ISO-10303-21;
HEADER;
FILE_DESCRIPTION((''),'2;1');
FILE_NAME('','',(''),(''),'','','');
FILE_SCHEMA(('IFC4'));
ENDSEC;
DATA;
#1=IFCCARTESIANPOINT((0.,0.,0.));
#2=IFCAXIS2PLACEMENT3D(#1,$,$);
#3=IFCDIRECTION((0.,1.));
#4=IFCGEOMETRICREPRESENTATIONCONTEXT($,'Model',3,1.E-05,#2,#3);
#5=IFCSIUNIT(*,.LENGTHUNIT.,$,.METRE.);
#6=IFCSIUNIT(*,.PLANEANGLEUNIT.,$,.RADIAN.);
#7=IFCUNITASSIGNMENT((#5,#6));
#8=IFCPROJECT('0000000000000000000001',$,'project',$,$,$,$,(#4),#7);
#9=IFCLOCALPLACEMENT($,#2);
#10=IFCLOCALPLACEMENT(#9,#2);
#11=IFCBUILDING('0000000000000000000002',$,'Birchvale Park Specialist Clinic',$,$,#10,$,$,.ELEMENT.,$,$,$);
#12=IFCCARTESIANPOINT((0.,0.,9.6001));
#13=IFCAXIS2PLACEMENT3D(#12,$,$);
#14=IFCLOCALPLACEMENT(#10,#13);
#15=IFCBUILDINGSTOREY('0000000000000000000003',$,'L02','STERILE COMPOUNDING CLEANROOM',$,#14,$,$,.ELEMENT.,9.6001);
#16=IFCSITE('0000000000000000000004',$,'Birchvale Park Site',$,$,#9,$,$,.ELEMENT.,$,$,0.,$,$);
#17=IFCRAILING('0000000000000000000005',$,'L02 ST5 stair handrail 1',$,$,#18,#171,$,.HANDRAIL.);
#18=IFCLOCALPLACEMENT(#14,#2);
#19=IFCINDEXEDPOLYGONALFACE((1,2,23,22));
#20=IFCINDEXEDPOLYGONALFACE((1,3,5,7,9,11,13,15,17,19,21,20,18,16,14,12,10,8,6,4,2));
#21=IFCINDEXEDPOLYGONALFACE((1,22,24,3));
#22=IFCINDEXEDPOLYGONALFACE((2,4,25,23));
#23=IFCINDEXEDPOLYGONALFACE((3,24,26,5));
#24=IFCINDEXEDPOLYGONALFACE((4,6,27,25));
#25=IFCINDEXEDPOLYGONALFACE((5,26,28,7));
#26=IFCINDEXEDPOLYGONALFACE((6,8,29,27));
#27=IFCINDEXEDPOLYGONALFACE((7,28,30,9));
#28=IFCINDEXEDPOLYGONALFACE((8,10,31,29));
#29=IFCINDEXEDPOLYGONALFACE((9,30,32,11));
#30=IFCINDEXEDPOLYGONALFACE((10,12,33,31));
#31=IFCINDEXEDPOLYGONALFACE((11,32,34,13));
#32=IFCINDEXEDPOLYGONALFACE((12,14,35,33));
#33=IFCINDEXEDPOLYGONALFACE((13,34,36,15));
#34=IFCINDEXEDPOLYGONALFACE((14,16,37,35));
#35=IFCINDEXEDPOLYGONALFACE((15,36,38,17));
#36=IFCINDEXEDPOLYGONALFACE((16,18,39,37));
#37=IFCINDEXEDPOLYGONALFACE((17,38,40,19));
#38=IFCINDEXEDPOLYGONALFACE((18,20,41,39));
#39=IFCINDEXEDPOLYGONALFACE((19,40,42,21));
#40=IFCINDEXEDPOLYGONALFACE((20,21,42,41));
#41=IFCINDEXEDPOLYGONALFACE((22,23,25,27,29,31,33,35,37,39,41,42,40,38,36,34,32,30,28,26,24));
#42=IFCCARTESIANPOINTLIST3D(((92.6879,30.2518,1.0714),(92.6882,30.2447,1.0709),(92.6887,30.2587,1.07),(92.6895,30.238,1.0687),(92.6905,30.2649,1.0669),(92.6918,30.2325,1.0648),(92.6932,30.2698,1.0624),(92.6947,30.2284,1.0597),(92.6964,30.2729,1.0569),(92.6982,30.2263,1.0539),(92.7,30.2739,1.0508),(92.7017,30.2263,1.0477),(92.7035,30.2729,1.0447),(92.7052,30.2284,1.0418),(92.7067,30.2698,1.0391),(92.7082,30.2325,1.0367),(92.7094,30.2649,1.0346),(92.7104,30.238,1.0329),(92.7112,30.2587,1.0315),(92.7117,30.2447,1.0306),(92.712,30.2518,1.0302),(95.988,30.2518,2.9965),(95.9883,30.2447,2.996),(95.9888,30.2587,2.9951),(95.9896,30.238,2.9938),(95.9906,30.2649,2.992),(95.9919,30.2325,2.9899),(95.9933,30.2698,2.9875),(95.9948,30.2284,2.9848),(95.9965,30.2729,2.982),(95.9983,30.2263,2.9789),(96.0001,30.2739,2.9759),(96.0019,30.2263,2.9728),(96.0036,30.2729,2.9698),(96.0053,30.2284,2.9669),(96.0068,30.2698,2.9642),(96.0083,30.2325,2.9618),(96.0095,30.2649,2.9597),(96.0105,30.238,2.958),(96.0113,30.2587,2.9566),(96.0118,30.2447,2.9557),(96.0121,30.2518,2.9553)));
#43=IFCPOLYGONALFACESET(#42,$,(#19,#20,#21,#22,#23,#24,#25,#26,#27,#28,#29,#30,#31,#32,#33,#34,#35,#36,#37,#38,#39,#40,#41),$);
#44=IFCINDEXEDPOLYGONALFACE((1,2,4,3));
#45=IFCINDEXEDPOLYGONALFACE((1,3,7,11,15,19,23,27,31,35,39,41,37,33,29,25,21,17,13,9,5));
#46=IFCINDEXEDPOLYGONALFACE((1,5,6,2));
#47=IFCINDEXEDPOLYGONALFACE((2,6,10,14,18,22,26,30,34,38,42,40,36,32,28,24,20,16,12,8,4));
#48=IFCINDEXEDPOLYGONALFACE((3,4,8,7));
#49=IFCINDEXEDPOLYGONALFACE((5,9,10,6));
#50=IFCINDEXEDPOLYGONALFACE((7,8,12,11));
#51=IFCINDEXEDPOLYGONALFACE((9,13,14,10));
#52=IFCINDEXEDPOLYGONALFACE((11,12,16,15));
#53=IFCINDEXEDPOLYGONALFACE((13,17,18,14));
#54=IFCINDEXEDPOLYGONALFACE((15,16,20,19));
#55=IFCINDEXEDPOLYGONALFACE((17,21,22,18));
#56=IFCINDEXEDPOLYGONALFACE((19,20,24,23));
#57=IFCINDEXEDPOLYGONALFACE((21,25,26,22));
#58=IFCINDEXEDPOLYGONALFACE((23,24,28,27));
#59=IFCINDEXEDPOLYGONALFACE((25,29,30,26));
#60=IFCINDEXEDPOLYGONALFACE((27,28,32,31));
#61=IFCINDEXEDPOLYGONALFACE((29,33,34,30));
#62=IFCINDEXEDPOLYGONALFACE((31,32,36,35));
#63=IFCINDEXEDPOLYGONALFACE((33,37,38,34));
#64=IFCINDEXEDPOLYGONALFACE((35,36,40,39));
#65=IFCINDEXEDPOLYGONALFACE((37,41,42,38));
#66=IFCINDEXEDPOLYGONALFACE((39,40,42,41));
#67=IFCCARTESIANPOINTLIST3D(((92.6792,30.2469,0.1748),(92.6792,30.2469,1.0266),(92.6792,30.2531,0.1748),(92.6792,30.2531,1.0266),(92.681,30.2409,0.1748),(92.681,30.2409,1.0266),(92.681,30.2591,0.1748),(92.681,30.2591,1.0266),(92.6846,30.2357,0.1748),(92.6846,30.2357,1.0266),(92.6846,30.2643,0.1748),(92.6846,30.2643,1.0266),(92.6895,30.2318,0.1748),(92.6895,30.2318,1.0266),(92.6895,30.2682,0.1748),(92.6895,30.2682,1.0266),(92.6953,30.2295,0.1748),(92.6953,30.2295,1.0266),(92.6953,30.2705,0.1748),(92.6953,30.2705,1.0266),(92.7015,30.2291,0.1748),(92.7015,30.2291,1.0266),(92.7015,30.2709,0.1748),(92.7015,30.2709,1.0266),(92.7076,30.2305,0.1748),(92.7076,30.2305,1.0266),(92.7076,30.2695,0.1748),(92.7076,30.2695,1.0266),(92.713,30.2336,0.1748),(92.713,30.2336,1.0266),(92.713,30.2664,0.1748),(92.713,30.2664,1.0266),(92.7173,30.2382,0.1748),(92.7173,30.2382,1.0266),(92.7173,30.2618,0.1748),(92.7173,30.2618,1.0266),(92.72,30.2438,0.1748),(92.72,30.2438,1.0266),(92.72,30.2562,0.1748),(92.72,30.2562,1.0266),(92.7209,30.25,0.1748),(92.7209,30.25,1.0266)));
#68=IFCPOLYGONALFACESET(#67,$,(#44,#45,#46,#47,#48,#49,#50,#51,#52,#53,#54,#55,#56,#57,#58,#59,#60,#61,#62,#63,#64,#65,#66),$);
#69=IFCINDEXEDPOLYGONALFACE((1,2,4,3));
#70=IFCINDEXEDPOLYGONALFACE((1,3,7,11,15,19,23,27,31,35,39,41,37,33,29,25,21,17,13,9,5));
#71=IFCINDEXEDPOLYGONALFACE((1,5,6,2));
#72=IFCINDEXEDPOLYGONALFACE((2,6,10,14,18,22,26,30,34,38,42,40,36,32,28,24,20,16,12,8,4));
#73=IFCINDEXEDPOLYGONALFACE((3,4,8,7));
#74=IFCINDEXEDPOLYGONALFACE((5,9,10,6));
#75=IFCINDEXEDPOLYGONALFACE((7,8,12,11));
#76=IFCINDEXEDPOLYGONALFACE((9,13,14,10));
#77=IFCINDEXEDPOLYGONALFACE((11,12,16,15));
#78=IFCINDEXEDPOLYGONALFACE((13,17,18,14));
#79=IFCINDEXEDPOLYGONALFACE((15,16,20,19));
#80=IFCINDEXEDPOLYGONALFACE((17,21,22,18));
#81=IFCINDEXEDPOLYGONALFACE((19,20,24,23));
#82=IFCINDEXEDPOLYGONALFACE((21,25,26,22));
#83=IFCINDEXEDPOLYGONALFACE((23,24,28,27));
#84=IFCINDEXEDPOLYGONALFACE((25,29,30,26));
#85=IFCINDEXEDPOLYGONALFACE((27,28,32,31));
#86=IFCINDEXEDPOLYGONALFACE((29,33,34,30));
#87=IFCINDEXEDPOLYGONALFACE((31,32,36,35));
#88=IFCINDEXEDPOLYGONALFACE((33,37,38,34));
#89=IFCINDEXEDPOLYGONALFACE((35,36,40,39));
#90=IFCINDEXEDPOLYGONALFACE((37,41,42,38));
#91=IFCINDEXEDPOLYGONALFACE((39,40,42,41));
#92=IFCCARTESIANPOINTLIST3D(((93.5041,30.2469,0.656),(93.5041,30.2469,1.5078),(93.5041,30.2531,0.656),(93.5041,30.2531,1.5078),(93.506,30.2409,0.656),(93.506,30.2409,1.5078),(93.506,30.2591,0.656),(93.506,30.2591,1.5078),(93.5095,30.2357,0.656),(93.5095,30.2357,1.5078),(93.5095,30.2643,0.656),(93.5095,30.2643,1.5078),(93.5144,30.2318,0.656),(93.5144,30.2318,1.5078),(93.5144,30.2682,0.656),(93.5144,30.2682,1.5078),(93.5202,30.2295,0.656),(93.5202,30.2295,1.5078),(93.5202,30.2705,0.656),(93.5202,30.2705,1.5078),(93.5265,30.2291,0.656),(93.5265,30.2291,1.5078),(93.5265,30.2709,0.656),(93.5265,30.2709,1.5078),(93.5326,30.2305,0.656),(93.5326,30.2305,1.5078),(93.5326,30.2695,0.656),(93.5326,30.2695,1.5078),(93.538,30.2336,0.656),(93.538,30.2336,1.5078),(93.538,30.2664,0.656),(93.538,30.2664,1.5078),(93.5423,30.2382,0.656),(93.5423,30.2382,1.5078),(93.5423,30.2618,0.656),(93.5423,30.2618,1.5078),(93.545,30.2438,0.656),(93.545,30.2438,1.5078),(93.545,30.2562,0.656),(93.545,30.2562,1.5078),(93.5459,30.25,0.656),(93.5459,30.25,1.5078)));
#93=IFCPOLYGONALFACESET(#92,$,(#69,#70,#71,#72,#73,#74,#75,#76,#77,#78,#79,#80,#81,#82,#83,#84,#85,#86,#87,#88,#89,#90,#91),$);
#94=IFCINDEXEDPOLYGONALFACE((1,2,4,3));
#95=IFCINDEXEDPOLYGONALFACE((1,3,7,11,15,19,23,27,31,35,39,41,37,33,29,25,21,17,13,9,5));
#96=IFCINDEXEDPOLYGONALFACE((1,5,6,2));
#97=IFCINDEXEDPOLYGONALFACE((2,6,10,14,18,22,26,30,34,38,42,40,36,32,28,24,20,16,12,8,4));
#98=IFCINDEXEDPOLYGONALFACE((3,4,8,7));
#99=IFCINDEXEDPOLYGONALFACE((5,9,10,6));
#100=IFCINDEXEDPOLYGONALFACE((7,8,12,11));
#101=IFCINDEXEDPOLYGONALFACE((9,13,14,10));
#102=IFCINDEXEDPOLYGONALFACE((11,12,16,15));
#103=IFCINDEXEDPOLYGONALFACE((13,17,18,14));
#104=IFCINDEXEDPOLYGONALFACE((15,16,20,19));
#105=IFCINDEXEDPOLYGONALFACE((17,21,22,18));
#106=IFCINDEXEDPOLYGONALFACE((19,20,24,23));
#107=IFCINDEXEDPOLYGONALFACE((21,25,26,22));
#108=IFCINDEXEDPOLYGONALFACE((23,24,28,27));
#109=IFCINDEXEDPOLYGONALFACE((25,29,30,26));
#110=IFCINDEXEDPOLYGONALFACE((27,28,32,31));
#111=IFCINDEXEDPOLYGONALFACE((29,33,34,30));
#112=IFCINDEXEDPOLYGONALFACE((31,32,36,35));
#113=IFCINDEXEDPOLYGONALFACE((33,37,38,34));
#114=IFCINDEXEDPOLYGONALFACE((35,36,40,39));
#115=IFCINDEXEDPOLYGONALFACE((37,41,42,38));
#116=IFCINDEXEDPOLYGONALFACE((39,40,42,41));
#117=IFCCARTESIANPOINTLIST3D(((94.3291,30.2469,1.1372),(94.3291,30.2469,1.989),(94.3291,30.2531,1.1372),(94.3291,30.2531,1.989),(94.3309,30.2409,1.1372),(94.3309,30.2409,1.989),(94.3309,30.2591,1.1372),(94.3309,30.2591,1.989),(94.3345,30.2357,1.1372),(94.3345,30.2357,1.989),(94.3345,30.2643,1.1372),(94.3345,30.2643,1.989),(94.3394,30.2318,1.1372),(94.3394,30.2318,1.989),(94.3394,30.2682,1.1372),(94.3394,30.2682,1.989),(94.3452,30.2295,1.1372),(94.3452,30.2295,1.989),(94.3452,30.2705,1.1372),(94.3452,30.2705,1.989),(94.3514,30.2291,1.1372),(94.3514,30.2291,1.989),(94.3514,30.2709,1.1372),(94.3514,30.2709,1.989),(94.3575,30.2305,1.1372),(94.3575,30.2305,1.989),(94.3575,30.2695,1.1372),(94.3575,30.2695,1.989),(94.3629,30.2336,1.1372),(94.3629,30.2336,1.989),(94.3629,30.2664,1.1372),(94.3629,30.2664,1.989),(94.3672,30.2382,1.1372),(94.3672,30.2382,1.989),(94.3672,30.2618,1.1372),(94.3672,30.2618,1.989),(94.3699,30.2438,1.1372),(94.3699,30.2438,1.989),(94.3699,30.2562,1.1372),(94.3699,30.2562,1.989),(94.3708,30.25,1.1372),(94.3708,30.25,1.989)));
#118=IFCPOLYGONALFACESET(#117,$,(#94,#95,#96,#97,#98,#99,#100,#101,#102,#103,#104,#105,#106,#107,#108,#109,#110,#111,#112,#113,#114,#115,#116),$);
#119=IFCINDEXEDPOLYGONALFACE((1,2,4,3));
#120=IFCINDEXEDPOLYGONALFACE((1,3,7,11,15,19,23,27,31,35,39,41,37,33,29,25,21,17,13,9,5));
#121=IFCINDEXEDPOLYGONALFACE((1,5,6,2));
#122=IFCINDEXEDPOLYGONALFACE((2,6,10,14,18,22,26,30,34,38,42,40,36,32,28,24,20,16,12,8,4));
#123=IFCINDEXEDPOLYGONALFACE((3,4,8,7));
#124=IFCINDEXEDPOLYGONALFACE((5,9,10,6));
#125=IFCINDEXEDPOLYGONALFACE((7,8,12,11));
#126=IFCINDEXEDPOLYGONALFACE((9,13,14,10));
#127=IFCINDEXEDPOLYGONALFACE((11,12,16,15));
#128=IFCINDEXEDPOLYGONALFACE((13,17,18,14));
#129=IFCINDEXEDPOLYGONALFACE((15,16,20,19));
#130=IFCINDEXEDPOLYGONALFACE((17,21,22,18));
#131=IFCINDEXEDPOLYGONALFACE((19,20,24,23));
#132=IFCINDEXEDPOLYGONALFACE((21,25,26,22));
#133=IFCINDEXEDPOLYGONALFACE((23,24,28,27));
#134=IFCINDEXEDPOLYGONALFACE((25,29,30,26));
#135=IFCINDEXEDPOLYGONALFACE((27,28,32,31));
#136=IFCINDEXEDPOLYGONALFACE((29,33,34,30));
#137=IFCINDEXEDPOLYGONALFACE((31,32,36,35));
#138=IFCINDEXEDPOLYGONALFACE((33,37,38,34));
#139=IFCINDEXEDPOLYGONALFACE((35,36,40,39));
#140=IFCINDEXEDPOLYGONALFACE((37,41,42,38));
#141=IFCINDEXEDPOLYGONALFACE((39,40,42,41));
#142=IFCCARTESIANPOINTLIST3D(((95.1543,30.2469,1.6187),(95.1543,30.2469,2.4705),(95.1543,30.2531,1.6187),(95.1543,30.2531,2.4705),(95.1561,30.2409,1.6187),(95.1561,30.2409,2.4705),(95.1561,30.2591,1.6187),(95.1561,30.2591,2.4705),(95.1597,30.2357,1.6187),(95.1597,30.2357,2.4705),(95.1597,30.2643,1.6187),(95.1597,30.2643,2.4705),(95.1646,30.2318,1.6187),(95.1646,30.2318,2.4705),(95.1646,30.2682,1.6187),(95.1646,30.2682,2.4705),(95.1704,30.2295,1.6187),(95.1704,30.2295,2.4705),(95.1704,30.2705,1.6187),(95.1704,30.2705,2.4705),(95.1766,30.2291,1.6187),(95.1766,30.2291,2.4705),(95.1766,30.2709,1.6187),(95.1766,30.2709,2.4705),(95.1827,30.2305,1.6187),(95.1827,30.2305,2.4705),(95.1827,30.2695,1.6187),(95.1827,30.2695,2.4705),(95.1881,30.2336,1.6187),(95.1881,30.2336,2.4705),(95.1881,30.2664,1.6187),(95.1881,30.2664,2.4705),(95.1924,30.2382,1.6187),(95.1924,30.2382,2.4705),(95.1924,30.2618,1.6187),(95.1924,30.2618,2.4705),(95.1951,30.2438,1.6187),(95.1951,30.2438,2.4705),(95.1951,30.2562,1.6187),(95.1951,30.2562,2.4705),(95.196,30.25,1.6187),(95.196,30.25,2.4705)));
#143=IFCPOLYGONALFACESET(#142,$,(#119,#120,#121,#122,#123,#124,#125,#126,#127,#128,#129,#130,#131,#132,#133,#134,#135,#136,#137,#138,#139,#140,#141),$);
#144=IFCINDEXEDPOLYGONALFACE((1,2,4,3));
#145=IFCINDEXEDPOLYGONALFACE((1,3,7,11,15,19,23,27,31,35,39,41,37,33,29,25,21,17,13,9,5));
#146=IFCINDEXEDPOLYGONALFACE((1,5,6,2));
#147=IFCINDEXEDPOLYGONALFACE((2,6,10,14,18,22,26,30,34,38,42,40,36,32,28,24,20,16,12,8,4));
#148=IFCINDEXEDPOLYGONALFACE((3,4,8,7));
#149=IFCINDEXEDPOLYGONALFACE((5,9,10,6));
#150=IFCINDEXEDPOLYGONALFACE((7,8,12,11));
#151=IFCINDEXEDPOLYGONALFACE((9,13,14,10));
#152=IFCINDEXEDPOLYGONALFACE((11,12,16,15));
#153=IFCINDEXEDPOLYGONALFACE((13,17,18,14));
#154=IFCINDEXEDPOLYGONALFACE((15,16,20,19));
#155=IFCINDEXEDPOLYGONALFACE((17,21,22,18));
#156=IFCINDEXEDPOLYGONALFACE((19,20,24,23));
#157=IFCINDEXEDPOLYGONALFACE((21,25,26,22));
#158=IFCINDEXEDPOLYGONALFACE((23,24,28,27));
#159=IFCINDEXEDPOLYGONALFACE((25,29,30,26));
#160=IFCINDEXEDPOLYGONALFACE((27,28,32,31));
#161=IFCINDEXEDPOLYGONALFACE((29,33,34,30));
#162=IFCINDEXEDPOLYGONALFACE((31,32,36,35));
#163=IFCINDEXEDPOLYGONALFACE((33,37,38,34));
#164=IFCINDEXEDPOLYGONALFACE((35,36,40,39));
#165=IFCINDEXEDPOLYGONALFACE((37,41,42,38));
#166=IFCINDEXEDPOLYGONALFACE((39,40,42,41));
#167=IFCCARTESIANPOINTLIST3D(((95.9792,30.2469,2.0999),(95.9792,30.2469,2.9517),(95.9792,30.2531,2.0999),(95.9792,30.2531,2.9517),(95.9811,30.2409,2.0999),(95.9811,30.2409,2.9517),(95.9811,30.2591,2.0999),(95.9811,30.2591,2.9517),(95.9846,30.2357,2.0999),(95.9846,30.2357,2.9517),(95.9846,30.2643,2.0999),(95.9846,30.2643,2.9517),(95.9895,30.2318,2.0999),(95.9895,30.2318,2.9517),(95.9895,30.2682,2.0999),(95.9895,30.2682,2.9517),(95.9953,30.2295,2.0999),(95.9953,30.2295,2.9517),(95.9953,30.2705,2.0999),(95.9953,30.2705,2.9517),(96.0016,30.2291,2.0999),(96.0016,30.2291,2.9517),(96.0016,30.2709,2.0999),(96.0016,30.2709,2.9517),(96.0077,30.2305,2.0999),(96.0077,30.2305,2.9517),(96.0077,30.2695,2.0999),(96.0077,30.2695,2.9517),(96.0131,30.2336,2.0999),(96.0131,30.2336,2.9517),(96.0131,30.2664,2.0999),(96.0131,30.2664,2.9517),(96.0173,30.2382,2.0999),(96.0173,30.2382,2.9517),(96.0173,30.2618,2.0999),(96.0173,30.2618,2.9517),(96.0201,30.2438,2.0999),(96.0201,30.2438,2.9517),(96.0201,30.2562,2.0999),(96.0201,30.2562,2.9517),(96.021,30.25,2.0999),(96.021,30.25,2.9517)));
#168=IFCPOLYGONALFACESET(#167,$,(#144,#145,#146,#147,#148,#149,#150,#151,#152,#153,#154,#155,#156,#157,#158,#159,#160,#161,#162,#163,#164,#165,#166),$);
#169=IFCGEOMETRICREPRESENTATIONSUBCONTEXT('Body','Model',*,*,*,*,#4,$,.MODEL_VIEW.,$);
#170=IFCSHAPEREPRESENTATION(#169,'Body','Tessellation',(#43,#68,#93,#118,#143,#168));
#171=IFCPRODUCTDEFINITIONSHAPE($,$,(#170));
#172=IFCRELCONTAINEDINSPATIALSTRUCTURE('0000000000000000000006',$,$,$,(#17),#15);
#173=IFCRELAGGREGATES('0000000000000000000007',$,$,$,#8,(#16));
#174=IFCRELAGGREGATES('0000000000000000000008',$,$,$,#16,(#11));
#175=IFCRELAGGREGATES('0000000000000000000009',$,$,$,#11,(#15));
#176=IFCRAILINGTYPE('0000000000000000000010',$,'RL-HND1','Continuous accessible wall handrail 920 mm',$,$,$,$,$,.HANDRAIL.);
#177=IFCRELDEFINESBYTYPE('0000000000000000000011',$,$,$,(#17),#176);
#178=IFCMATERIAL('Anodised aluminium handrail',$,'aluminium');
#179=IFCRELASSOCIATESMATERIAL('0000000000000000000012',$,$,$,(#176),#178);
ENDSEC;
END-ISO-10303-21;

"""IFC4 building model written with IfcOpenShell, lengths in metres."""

from ifc_helpers import new_model, si_unit, direction, frame, origin, origin_2d, place, context, subcontext, project, spatial, circle, extrude, material, type_object, element, save


model = new_model("IFC4")

# Units and contexts
model_context = context("Model", 3, precision=1e-05, world=origin(), true_north=direction((0.0, 1.0)))
body_context = subcontext(model_context, "Body", "Model", "MODEL_VIEW")
ifc_project = project(units=[si_unit("LENGTHUNIT", "METRE"), si_unit("PLANEANGLEUNIT", "RADIAN")], contexts=[model_context])

# Site, building, storey
site_placement = place(None, origin())
site = spatial("IfcSite", under=ifc_project, at=site_placement, Name="Birchvale Park Site", CompositionType="ELEMENT", RefElevation=0.0)
building_placement = place(site_placement, origin())
building = spatial("IfcBuilding", under=site, at=building_placement, Name="Birchvale Park Specialist Clinic", CompositionType="ELEMENT")
storey_placement = place(building_placement, frame((0.0, 0.0, 9.6001)))
storey = spatial("IfcBuildingStorey", under=building, at=storey_placement, Name="L02", Description="STERILE COMPOUNDING CLEANROOM", CompositionType="ELEMENT", Elevation=9.6001)

# Railing
ifc_material_1 = material(Name="Anodised aluminium handrail", Category="aluminium")
railing_type_1 = type_object("IfcRailingType", Name="RL-HND1", Description="Continuous accessible wall handrail 920 mm", PredefinedType="HANDRAIL", material=ifc_material_1)
railing_1_placement = place(storey_placement, frame((92.7, 30.25, 0.1748)))
element("IfcRailing", 1, at=railing_1_placement, inside=storey, type_object=railing_type_1, Name="L02 ST5 stair handrail 1", PredefinedType="HANDRAIL", context=body_context, shape_type="SweptSolid", body=[
    extrude(circle(Radius=0.0239, at=origin_2d()), frame((0.0, 0.0, 0.876), z_axis=(0.863777, 0.0, 0.503875), x_axis=(0.0, 1.0, 0.0)), (0.0, 0.0, 1.0), 3.8206),
    extrude(circle(Radius=0.021, at=origin_2d()), origin(), (0.0, 0.0, 1.0), 0.8518),
    extrude(circle(Radius=0.021, at=origin_2d()), frame((0.825, 0.0, 0.4812)), (0.0, 0.0, 1.0), 0.8518),
    extrude(circle(Radius=0.021, at=origin_2d()), frame((1.6499, 0.0, 0.9624)), (0.0, 0.0, 1.0), 0.8518),
    extrude(circle(Radius=0.021, at=origin_2d()), frame((2.4751, 0.0, 1.4438)), (0.0, 0.0, 1.0), 0.8518),
    extrude(circle(Radius=0.021, at=origin_2d()), frame((3.3, 0.0, 1.925)), (0.0, 0.0, 1.0), 0.8518),
])

save(model, "model.ifc")
